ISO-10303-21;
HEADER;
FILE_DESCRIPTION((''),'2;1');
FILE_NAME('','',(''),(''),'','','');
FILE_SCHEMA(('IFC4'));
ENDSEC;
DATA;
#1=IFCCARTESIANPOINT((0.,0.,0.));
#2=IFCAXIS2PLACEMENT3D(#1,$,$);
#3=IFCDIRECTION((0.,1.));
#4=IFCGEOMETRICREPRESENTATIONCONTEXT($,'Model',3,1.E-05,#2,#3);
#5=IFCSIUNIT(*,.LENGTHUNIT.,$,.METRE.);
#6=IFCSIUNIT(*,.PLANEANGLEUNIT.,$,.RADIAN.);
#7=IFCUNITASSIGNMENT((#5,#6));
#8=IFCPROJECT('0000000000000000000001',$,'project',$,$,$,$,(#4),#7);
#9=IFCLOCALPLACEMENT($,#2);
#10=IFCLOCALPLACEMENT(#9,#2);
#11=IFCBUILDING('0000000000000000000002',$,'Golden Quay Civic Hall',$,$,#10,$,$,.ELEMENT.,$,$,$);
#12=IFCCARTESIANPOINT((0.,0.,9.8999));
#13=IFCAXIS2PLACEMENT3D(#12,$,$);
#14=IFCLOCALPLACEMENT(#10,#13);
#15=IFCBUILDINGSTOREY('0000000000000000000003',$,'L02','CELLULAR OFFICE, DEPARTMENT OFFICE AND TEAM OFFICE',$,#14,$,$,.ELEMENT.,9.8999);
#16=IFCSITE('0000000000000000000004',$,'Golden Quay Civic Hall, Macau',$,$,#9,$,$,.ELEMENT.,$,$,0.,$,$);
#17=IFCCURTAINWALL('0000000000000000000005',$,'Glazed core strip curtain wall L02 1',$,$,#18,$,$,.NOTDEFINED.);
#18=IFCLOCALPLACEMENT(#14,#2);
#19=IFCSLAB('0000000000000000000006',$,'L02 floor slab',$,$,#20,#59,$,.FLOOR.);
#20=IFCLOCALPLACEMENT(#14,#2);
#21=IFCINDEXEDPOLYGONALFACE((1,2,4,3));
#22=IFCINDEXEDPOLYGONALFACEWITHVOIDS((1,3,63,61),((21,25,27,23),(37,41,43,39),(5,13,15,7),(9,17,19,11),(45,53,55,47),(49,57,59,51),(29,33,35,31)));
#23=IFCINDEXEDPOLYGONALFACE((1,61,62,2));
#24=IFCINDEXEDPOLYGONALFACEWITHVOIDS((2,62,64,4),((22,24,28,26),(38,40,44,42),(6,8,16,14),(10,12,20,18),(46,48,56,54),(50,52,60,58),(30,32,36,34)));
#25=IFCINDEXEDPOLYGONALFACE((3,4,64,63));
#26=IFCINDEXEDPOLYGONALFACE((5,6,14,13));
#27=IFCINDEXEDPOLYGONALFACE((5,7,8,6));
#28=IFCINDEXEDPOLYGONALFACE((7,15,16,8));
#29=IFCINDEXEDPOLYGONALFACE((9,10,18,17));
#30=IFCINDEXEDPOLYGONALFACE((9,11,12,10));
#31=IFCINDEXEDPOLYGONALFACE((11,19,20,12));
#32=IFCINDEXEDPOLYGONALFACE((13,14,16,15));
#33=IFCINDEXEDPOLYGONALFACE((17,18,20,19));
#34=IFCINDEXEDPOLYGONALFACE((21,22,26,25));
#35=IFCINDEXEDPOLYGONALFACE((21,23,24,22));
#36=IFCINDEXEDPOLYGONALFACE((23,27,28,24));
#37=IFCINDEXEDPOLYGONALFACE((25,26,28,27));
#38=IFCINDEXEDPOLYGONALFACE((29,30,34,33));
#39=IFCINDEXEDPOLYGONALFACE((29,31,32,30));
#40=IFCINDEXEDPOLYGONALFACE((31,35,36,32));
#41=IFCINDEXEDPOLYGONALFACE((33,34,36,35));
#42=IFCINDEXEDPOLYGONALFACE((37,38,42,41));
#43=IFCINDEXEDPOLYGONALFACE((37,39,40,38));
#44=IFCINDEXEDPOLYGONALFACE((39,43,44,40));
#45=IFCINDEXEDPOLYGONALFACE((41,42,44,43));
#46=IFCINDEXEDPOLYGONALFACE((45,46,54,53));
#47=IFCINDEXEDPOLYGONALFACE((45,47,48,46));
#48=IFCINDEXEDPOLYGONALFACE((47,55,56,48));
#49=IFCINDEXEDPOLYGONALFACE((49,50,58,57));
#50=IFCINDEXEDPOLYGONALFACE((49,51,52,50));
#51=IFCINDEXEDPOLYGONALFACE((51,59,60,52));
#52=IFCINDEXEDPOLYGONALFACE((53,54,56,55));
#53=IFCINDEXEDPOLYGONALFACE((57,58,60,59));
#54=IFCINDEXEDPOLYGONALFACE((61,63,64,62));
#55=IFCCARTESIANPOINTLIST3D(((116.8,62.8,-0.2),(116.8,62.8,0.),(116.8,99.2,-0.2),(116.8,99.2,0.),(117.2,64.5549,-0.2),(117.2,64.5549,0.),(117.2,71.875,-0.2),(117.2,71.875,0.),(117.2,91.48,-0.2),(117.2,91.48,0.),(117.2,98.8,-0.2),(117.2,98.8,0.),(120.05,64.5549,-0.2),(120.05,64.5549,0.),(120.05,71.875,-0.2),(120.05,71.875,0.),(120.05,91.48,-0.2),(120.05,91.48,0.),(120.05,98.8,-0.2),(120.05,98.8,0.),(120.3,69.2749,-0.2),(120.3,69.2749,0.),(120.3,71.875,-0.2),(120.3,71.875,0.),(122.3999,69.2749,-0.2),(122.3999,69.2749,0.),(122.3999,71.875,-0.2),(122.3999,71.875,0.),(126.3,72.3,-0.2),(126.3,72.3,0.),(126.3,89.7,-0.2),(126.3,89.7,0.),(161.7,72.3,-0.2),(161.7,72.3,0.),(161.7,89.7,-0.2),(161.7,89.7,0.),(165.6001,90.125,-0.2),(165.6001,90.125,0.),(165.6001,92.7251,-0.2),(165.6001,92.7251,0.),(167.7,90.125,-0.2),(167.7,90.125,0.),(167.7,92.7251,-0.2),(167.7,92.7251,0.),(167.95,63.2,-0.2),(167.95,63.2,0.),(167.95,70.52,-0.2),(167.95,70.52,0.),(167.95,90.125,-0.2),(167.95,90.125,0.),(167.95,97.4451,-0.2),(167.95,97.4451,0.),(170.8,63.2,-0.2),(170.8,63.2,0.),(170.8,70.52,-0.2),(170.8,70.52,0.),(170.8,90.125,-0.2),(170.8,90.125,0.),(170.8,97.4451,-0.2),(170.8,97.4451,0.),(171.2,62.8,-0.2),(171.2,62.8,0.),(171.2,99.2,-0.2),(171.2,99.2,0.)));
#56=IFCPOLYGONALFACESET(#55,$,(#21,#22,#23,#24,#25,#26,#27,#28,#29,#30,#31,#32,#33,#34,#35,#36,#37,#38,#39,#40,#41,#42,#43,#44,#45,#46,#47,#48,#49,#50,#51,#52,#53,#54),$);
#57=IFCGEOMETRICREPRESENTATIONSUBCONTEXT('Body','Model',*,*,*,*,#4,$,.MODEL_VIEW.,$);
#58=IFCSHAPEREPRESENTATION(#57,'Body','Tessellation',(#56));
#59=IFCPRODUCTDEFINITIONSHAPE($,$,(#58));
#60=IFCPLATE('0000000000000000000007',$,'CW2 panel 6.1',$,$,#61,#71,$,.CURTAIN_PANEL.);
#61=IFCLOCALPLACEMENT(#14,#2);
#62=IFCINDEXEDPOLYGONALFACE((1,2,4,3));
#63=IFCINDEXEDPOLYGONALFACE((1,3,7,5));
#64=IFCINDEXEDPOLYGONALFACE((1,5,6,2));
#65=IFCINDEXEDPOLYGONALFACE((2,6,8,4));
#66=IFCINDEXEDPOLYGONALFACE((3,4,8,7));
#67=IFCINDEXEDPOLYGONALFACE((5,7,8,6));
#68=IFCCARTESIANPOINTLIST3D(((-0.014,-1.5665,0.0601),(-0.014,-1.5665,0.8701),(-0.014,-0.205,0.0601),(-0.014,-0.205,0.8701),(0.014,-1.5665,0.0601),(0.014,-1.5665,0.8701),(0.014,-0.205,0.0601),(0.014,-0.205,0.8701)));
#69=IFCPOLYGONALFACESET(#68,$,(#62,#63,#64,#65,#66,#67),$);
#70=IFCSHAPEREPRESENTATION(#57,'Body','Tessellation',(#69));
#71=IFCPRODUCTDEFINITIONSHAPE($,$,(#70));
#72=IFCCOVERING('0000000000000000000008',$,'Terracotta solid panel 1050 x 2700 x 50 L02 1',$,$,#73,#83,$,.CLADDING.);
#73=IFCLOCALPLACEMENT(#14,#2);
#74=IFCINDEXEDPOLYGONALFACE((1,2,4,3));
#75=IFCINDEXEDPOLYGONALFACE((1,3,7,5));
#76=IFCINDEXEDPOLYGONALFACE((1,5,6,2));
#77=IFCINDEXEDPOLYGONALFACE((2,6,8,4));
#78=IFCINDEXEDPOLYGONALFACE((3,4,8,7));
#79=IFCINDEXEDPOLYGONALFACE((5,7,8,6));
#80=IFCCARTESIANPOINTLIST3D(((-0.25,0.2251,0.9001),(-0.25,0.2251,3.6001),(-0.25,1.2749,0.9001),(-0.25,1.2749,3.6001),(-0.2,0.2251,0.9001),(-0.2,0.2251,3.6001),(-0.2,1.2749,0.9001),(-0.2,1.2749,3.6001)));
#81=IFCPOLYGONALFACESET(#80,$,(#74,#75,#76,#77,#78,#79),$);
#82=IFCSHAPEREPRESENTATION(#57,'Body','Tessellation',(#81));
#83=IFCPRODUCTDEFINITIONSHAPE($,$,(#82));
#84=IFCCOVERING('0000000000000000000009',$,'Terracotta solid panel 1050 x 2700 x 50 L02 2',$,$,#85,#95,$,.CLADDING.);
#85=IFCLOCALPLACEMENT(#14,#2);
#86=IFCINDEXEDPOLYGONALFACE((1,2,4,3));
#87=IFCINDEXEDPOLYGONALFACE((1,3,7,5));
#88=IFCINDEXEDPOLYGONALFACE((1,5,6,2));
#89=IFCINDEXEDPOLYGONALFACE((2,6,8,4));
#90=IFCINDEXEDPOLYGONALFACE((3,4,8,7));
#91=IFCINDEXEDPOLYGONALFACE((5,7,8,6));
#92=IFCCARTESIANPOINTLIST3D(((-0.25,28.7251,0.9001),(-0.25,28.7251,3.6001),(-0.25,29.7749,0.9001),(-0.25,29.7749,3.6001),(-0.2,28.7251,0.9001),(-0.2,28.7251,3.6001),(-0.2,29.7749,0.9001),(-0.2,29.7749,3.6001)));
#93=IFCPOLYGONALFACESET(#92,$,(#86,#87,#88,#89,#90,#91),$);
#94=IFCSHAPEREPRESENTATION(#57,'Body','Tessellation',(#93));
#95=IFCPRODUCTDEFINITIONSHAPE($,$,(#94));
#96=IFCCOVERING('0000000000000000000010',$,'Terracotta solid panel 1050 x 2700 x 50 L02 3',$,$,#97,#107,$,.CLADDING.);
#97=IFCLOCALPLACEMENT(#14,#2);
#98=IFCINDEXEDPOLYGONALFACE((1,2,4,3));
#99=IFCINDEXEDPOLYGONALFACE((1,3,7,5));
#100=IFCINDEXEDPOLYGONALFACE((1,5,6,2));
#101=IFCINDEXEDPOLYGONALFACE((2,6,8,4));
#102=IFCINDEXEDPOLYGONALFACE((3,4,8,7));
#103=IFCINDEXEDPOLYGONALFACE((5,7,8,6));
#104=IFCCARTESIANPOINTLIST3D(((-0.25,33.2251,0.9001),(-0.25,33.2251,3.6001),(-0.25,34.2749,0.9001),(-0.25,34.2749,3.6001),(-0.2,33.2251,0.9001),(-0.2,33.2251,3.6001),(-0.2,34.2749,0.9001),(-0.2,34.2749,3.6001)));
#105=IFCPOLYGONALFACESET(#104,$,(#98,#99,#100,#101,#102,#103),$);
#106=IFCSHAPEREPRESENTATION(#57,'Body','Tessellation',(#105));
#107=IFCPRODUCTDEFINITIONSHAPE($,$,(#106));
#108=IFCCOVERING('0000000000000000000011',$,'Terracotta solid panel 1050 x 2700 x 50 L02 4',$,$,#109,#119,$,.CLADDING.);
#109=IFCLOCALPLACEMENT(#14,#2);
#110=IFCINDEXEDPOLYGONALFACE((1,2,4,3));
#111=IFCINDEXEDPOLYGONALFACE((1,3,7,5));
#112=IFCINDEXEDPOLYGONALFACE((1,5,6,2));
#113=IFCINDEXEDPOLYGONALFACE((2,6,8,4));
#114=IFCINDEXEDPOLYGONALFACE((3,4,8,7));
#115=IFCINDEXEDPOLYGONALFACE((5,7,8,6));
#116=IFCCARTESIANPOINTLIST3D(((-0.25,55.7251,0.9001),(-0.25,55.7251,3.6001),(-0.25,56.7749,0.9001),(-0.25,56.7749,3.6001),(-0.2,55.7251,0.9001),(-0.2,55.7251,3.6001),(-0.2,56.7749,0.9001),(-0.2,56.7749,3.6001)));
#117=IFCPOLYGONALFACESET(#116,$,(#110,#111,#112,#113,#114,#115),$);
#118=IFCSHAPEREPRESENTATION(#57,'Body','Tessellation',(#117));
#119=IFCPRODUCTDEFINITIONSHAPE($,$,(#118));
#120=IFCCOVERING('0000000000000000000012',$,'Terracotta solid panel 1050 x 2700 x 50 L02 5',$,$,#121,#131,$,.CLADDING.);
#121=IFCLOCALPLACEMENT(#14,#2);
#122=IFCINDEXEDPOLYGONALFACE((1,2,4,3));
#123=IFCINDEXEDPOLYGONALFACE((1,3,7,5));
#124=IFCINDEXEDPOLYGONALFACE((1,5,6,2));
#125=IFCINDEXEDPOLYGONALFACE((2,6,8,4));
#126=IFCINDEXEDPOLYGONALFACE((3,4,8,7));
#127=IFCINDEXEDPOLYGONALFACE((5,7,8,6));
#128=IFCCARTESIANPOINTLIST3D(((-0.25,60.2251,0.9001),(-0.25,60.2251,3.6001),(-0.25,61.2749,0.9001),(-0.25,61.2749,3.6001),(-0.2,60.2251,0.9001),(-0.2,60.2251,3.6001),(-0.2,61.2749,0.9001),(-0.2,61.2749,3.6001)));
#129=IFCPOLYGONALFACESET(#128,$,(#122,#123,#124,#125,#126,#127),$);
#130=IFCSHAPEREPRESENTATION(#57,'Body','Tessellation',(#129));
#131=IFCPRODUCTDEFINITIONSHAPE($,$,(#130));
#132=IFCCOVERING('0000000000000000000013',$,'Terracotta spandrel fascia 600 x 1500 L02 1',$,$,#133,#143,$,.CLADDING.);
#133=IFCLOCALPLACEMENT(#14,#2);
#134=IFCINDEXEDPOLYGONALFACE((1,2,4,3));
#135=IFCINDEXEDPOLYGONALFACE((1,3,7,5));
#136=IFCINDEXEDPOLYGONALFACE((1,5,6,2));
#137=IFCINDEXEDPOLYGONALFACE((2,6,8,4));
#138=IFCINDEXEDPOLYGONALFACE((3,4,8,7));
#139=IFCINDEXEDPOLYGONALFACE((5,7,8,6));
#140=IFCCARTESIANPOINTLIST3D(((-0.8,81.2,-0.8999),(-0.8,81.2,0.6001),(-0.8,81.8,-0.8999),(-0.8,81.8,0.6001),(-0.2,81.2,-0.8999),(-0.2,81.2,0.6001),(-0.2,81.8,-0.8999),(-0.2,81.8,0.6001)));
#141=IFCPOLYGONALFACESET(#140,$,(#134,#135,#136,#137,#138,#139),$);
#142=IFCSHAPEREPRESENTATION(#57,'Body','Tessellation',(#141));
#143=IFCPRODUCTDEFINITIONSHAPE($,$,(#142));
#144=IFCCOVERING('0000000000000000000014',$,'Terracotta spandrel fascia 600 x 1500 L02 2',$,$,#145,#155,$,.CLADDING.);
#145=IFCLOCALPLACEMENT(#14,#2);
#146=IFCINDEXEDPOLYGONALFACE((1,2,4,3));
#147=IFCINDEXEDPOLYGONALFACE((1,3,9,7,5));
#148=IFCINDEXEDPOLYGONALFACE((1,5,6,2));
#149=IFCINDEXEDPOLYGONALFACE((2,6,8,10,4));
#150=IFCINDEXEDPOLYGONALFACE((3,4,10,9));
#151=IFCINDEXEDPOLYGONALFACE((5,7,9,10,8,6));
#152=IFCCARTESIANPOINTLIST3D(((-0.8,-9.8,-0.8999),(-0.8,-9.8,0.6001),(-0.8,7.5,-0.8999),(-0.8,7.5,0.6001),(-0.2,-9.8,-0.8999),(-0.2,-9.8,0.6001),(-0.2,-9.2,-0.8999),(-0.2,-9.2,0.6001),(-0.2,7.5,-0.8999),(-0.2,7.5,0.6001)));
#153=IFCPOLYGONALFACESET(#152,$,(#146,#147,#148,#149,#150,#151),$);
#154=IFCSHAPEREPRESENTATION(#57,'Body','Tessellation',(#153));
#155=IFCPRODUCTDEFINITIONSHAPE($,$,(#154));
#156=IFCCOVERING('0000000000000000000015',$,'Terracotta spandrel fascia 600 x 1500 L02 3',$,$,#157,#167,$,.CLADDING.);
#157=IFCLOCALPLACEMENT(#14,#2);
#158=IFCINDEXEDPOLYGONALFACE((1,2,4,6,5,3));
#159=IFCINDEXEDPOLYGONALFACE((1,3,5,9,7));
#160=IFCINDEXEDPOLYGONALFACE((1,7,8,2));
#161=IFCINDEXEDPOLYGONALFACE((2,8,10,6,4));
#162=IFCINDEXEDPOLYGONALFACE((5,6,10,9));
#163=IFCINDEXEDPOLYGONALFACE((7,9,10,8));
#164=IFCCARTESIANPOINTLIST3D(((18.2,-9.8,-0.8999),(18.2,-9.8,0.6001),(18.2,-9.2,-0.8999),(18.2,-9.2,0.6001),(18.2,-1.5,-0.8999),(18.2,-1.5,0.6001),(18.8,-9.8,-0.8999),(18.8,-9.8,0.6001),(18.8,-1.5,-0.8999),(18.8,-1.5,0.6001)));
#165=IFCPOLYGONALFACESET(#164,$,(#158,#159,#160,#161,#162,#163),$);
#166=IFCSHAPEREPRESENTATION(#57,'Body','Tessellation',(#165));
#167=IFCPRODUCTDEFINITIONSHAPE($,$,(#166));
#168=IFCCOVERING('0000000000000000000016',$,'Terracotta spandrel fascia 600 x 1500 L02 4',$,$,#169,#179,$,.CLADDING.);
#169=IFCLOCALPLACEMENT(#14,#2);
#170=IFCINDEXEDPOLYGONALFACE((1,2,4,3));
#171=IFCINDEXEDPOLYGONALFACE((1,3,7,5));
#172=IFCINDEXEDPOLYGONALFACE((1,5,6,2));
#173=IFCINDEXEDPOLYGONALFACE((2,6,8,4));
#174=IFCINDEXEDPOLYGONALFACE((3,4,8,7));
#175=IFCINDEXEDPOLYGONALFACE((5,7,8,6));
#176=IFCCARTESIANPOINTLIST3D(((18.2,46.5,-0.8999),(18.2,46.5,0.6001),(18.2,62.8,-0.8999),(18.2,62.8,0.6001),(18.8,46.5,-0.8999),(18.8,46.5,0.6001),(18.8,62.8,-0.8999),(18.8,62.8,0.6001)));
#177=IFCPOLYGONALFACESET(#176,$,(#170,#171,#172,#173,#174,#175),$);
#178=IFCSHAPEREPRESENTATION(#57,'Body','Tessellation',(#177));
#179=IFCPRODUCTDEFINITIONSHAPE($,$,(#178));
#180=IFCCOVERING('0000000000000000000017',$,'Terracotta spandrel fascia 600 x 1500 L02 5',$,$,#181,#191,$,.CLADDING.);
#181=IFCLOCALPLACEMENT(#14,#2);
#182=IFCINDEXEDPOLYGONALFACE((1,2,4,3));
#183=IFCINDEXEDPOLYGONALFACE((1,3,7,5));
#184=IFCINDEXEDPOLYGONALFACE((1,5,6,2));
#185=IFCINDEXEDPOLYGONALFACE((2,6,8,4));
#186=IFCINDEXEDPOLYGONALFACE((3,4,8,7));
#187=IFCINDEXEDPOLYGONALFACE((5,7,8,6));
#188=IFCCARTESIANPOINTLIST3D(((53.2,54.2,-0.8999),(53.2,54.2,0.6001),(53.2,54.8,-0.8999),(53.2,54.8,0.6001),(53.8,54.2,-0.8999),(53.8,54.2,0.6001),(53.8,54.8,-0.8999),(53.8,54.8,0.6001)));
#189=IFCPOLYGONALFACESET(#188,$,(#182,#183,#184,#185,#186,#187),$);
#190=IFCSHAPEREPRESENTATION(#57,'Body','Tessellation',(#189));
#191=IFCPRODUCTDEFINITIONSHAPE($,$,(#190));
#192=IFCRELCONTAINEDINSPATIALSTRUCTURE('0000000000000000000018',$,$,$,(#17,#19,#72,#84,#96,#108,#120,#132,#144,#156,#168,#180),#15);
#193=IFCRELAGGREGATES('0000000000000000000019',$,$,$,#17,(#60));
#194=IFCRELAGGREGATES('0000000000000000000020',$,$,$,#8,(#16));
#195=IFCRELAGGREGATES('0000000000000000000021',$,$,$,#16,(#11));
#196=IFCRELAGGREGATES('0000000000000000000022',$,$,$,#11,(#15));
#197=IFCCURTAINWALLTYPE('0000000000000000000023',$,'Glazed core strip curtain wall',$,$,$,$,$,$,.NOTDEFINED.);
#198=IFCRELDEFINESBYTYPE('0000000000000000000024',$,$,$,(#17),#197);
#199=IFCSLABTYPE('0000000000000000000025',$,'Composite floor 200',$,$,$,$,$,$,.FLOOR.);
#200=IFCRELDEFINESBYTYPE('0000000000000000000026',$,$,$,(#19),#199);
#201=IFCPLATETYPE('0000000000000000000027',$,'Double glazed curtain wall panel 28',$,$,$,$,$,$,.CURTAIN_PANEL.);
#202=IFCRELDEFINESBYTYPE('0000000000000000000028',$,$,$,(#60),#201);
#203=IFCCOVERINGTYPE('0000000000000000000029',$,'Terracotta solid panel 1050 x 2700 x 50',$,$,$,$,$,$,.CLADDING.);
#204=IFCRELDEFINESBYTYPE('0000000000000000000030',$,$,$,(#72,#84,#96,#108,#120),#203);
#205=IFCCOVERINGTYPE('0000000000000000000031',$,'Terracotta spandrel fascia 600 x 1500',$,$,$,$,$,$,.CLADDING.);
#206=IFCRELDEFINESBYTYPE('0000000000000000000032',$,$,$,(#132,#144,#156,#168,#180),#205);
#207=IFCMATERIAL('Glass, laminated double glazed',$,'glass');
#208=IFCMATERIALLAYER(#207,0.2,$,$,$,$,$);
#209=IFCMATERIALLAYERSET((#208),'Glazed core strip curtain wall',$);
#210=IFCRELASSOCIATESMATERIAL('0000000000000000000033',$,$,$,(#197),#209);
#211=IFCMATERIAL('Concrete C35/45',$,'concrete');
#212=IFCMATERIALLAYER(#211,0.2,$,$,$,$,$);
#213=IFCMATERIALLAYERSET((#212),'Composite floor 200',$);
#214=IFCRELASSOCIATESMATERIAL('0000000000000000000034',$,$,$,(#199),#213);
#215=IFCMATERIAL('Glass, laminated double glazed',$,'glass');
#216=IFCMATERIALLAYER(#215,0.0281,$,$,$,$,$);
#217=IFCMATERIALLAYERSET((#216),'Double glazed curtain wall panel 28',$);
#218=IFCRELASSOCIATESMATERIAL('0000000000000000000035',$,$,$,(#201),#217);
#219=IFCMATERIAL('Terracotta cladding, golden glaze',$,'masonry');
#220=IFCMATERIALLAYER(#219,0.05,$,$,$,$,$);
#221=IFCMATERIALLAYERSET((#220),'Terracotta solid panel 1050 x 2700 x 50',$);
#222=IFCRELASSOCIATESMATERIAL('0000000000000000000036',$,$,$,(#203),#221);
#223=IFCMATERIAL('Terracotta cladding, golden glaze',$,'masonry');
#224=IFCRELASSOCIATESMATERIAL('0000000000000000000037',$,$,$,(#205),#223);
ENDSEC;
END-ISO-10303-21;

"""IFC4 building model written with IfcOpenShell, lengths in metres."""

from ifc_helpers import new_model, si_unit, direction, frame, origin, origin_2d, place, context, subcontext, project, spatial, polyline, rectangle, outline, extrude, material, layer, layer_set, type_object, element, aggregate, save


model = new_model("IFC4")

# Units and contexts
model_context = context("Model", 3, precision=1e-05, world=origin(), true_north=direction((0.0, 1.0)))
body_context = subcontext(model_context, "Body", "Model", "MODEL_VIEW")
ifc_project = project(units=[si_unit("LENGTHUNIT", "METRE"), si_unit("PLANEANGLEUNIT", "RADIAN")], contexts=[model_context])

# Site, building, storey
site_placement = place(None, origin())
site = spatial("IfcSite", under=ifc_project, at=site_placement, Name="Golden Quay Civic Hall, Macau", CompositionType="ELEMENT", RefElevation=0.0)
building_placement = place(site_placement, origin())
building = spatial("IfcBuilding", under=site, at=building_placement, Name="Golden Quay Civic Hall", CompositionType="ELEMENT")
storey_placement = place(building_placement, frame((0.0, 0.0, 9.8999)))
storey = spatial("IfcBuildingStorey", under=building, at=storey_placement, Name="L02", Description="CELLULAR OFFICE, DEPARTMENT OFFICE AND TEAM OFFICE", CompositionType="ELEMENT", Elevation=9.8999)

# Curtain wall
ifc_material_1 = material(Name="Glass, laminated double glazed", Category="glass")
ifc_layer_1 = layer(ifc_material_1, 0.2)
ifc_layer_set_1 = layer_set([ifc_layer_1], Name="Glazed core strip curtain wall")
curtain_wall_type = type_object("IfcCurtainWallType", Name="Glazed core strip curtain wall", PredefinedType="NOTDEFINED", material=ifc_layer_set_1)
curtain_wall_placement = place(storey_placement, origin())
curtain_wall = element("IfcCurtainWall", 1, at=curtain_wall_placement, inside=storey, type_object=curtain_wall_type, Name="Glazed core strip curtain wall L02 1", PredefinedType="NOTDEFINED")

# Slab
ifc_material_2 = material(Name="Concrete C35/45", Category="concrete")
ifc_layer_2 = layer(ifc_material_2, 0.2)
ifc_layer_set_2 = layer_set([ifc_layer_2], Name="Composite floor 200")
slab_type_1 = type_object("IfcSlabType", Name="Composite floor 200", PredefinedType="FLOOR", material=ifc_layer_set_2)
slab_1_placement = place(storey_placement, frame((0.0, 0.0, -0.2)))
element("IfcSlab", 2, at=slab_1_placement, inside=storey, type_object=slab_type_1, Name="L02 floor slab", PredefinedType="FLOOR", context=body_context, shape_type="SweptSolid", body=[
    extrude(outline(polyline([(116.8, 62.8), (171.2, 62.8), (171.2, 99.2), (116.8, 99.2), (116.8, 62.8)]), holes=[polyline([(120.05, 64.5549), (120.05, 71.875), (117.2, 71.875), (117.2, 64.5549), (120.05, 64.5549)]), polyline([(120.3, 69.2749), (122.3999, 69.2749), (122.3999, 71.875), (120.3, 71.875), (120.3, 69.2749)]), polyline([(167.95, 97.4451), (167.95, 90.125), (170.8, 90.125), (170.8, 97.4451), (167.95, 97.4451)]), polyline([(167.7, 92.7251), (165.6001, 92.7251), (165.6001, 90.125), (167.7, 90.125), (167.7, 92.7251)]), polyline([(120.05, 91.48), (120.05, 98.8), (117.2, 98.8), (117.2, 91.48), (120.05, 91.48)]), polyline([(167.95, 70.52), (167.95, 63.2), (170.8, 63.2), (170.8, 70.52), (167.95, 70.52)]), polyline([(161.7, 72.3), (161.7, 89.7), (126.3, 89.7), (126.3, 72.3), (161.7, 72.3)])]), origin(), (0.0, 0.0, 1.0), 0.2),
])

# Plate
ifc_material_3 = material(Name="Glass, laminated double glazed", Category="glass")
ifc_layer_3 = layer(ifc_material_3, 0.0281)
ifc_layer_set_3 = layer_set([ifc_layer_3], Name="Double glazed curtain wall panel 28")
plate_type = type_object("IfcPlateType", Name="Double glazed curtain wall panel 28", PredefinedType="CURTAIN_PANEL", material=ifc_layer_set_3)
plate_placement = place(storey_placement, frame((0.0, -0.8857, 0.0601), z_axis=(0.0, 0.0, 1.0), x_axis=(0.0, 1.0, 0.0)))
plate = element("IfcPlate", 3, at=plate_placement, type_object=plate_type, Name="CW2 panel 6.1", PredefinedType="CURTAIN_PANEL", context=body_context, shape_type="SweptSolid", body=[
    extrude(rectangle(XDim=1.3616, YDim=0.0281, at=origin_2d()), origin(), (0.0, 0.0, 1.0), 0.8101),
])
aggregate(curtain_wall, [plate])

# Coverings
ifc_material_4 = material(Name="Terracotta cladding, golden glaze", Category="masonry")
ifc_layer_4 = layer(ifc_material_4, 0.05)
ifc_layer_set_4 = layer_set([ifc_layer_4], Name="Terracotta solid panel 1050 x 2700 x 50")
covering_type_1 = type_object("IfcCoveringType", Name="Terracotta solid panel 1050 x 2700 x 50", PredefinedType="CLADDING", material=ifc_layer_set_4)
covering_1_placement = place(storey_placement, frame((0.0, 0.0, 0.9001)))
element("IfcCovering", 4, at=covering_1_placement, inside=storey, type_object=covering_type_1, Name="Terracotta solid panel 1050 x 2700 x 50 L02 1", PredefinedType="CLADDING", context=body_context, shape_type="SweptSolid", body=[
    extrude(outline(polyline([(-0.2, 0.2251), (-0.2, 1.2749), (-0.25, 1.2749), (-0.25, 0.2251), (-0.2, 0.2251)])), origin(), (0.0, 0.0, 1.0), 2.7),
])
covering_2_placement = place(storey_placement, frame((0.0, 0.0, 0.9001)))
element("IfcCovering", 5, at=covering_2_placement, inside=storey, type_object=covering_type_1, Name="Terracotta solid panel 1050 x 2700 x 50 L02 2", PredefinedType="CLADDING", context=body_context, shape_type="SweptSolid", body=[
    extrude(outline(polyline([(-0.2, 28.7251), (-0.2, 29.7749), (-0.25, 29.7749), (-0.25, 28.7251), (-0.2, 28.7251)])), origin(), (0.0, 0.0, 1.0), 2.7),
])
covering_3_placement = place(storey_placement, frame((0.0, 0.0, 0.9001)))
element("IfcCovering", 6, at=covering_3_placement, inside=storey, type_object=covering_type_1, Name="Terracotta solid panel 1050 x 2700 x 50 L02 3", PredefinedType="CLADDING", context=body_context, shape_type="SweptSolid", body=[
    extrude(outline(polyline([(-0.2, 33.2251), (-0.2, 34.2749), (-0.25, 34.2749), (-0.25, 33.2251), (-0.2, 33.2251)])), origin(), (0.0, 0.0, 1.0), 2.7),
])
covering_4_placement = place(storey_placement, frame((0.0, 0.0, 0.9001)))
element("IfcCovering", 7, at=covering_4_placement, inside=storey, type_object=covering_type_1, Name="Terracotta solid panel 1050 x 2700 x 50 L02 4", PredefinedType="CLADDING", context=body_context, shape_type="SweptSolid", body=[
    extrude(outline(polyline([(-0.2, 55.7251), (-0.2, 56.7749), (-0.25, 56.7749), (-0.25, 55.7251), (-0.2, 55.7251)])), origin(), (0.0, 0.0, 1.0), 2.7),
])
covering_5_placement = place(storey_placement, frame((0.0, 0.0, 0.9001)))
element("IfcCovering", 8, at=covering_5_placement, inside=storey, type_object=covering_type_1, Name="Terracotta solid panel 1050 x 2700 x 50 L02 5", PredefinedType="CLADDING", context=body_context, shape_type="SweptSolid", body=[
    extrude(outline(polyline([(-0.2, 60.2251), (-0.2, 61.2749), (-0.25, 61.2749), (-0.25, 60.2251), (-0.2, 60.2251)])), origin(), (0.0, 0.0, 1.0), 2.7),
])
ifc_material_5 = material(Name="Terracotta cladding, golden glaze", Category="masonry")
covering_type_2 = type_object("IfcCoveringType", Name="Terracotta spandrel fascia 600 x 1500", PredefinedType="CLADDING", material=ifc_material_5)
covering_6_placement = place(storey_placement, frame((0.0, 0.0, -0.8999)))
element("IfcCovering", 9, at=covering_6_placement, inside=storey, type_object=covering_type_2, Name="Terracotta spandrel fascia 600 x 1500 L02 1", PredefinedType="CLADDING", context=body_context, shape_type="SweptSolid", body=[
    extrude(outline(polyline([(-0.8, 81.2), (-0.8, 81.8), (-0.2, 81.8), (-0.2, 81.2), (-0.8, 81.2)])), origin(), (0.0, 0.0, 1.0), 1.5),
])
covering_7_placement = place(storey_placement, frame((0.0, 0.0, -0.8999)))
element("IfcCovering", 10, at=covering_7_placement, inside=storey, type_object=covering_type_2, Name="Terracotta spandrel fascia 600 x 1500 L02 2", PredefinedType="CLADDING", context=body_context, shape_type="SweptSolid", body=[
    extrude(outline(polyline([(-0.2, 7.5), (-0.2, -9.2), (-0.2, -9.8), (-0.8, -9.8), (-0.8, 7.5), (-0.2, 7.5)])), origin(), (0.0, 0.0, 1.0), 1.5),
])
covering_8_placement = place(storey_placement, frame((0.0, 0.0, -0.8999)))
element("IfcCovering", 11, at=covering_8_placement, inside=storey, type_object=covering_type_2, Name="Terracotta spandrel fascia 600 x 1500 L02 3", PredefinedType="CLADDING", context=body_context, shape_type="SweptSolid", body=[
    extrude(outline(polyline([(18.2, -1.5), (18.8, -1.5), (18.8, -9.8), (18.2, -9.8), (18.2, -9.2), (18.2, -1.5)])), origin(), (0.0, 0.0, 1.0), 1.5),
])
covering_9_placement = place(storey_placement, frame((0.0, 0.0, -0.8999)))
element("IfcCovering", 12, at=covering_9_placement, inside=storey, type_object=covering_type_2, Name="Terracotta spandrel fascia 600 x 1500 L02 4", PredefinedType="CLADDING", context=body_context, shape_type="SweptSolid", body=[
    extrude(outline(polyline([(18.2, 46.5), (18.2, 62.8), (18.8, 62.8), (18.8, 46.5), (18.2, 46.5)])), origin(), (0.0, 0.0, 1.0), 1.5),
])
covering_10_placement = place(storey_placement, frame((0.0, 0.0, -0.8999)))
element("IfcCovering", 13, at=covering_10_placement, inside=storey, type_object=covering_type_2, Name="Terracotta spandrel fascia 600 x 1500 L02 5", PredefinedType="CLADDING", context=body_context, shape_type="SweptSolid", body=[
    extrude(outline(polyline([(53.2, 54.2), (53.2, 54.8), (53.8, 54.8), (53.8, 54.2), (53.2, 54.2)])), origin(), (0.0, 0.0, 1.0), 1.5),
])

save(model, "model.ifc")
